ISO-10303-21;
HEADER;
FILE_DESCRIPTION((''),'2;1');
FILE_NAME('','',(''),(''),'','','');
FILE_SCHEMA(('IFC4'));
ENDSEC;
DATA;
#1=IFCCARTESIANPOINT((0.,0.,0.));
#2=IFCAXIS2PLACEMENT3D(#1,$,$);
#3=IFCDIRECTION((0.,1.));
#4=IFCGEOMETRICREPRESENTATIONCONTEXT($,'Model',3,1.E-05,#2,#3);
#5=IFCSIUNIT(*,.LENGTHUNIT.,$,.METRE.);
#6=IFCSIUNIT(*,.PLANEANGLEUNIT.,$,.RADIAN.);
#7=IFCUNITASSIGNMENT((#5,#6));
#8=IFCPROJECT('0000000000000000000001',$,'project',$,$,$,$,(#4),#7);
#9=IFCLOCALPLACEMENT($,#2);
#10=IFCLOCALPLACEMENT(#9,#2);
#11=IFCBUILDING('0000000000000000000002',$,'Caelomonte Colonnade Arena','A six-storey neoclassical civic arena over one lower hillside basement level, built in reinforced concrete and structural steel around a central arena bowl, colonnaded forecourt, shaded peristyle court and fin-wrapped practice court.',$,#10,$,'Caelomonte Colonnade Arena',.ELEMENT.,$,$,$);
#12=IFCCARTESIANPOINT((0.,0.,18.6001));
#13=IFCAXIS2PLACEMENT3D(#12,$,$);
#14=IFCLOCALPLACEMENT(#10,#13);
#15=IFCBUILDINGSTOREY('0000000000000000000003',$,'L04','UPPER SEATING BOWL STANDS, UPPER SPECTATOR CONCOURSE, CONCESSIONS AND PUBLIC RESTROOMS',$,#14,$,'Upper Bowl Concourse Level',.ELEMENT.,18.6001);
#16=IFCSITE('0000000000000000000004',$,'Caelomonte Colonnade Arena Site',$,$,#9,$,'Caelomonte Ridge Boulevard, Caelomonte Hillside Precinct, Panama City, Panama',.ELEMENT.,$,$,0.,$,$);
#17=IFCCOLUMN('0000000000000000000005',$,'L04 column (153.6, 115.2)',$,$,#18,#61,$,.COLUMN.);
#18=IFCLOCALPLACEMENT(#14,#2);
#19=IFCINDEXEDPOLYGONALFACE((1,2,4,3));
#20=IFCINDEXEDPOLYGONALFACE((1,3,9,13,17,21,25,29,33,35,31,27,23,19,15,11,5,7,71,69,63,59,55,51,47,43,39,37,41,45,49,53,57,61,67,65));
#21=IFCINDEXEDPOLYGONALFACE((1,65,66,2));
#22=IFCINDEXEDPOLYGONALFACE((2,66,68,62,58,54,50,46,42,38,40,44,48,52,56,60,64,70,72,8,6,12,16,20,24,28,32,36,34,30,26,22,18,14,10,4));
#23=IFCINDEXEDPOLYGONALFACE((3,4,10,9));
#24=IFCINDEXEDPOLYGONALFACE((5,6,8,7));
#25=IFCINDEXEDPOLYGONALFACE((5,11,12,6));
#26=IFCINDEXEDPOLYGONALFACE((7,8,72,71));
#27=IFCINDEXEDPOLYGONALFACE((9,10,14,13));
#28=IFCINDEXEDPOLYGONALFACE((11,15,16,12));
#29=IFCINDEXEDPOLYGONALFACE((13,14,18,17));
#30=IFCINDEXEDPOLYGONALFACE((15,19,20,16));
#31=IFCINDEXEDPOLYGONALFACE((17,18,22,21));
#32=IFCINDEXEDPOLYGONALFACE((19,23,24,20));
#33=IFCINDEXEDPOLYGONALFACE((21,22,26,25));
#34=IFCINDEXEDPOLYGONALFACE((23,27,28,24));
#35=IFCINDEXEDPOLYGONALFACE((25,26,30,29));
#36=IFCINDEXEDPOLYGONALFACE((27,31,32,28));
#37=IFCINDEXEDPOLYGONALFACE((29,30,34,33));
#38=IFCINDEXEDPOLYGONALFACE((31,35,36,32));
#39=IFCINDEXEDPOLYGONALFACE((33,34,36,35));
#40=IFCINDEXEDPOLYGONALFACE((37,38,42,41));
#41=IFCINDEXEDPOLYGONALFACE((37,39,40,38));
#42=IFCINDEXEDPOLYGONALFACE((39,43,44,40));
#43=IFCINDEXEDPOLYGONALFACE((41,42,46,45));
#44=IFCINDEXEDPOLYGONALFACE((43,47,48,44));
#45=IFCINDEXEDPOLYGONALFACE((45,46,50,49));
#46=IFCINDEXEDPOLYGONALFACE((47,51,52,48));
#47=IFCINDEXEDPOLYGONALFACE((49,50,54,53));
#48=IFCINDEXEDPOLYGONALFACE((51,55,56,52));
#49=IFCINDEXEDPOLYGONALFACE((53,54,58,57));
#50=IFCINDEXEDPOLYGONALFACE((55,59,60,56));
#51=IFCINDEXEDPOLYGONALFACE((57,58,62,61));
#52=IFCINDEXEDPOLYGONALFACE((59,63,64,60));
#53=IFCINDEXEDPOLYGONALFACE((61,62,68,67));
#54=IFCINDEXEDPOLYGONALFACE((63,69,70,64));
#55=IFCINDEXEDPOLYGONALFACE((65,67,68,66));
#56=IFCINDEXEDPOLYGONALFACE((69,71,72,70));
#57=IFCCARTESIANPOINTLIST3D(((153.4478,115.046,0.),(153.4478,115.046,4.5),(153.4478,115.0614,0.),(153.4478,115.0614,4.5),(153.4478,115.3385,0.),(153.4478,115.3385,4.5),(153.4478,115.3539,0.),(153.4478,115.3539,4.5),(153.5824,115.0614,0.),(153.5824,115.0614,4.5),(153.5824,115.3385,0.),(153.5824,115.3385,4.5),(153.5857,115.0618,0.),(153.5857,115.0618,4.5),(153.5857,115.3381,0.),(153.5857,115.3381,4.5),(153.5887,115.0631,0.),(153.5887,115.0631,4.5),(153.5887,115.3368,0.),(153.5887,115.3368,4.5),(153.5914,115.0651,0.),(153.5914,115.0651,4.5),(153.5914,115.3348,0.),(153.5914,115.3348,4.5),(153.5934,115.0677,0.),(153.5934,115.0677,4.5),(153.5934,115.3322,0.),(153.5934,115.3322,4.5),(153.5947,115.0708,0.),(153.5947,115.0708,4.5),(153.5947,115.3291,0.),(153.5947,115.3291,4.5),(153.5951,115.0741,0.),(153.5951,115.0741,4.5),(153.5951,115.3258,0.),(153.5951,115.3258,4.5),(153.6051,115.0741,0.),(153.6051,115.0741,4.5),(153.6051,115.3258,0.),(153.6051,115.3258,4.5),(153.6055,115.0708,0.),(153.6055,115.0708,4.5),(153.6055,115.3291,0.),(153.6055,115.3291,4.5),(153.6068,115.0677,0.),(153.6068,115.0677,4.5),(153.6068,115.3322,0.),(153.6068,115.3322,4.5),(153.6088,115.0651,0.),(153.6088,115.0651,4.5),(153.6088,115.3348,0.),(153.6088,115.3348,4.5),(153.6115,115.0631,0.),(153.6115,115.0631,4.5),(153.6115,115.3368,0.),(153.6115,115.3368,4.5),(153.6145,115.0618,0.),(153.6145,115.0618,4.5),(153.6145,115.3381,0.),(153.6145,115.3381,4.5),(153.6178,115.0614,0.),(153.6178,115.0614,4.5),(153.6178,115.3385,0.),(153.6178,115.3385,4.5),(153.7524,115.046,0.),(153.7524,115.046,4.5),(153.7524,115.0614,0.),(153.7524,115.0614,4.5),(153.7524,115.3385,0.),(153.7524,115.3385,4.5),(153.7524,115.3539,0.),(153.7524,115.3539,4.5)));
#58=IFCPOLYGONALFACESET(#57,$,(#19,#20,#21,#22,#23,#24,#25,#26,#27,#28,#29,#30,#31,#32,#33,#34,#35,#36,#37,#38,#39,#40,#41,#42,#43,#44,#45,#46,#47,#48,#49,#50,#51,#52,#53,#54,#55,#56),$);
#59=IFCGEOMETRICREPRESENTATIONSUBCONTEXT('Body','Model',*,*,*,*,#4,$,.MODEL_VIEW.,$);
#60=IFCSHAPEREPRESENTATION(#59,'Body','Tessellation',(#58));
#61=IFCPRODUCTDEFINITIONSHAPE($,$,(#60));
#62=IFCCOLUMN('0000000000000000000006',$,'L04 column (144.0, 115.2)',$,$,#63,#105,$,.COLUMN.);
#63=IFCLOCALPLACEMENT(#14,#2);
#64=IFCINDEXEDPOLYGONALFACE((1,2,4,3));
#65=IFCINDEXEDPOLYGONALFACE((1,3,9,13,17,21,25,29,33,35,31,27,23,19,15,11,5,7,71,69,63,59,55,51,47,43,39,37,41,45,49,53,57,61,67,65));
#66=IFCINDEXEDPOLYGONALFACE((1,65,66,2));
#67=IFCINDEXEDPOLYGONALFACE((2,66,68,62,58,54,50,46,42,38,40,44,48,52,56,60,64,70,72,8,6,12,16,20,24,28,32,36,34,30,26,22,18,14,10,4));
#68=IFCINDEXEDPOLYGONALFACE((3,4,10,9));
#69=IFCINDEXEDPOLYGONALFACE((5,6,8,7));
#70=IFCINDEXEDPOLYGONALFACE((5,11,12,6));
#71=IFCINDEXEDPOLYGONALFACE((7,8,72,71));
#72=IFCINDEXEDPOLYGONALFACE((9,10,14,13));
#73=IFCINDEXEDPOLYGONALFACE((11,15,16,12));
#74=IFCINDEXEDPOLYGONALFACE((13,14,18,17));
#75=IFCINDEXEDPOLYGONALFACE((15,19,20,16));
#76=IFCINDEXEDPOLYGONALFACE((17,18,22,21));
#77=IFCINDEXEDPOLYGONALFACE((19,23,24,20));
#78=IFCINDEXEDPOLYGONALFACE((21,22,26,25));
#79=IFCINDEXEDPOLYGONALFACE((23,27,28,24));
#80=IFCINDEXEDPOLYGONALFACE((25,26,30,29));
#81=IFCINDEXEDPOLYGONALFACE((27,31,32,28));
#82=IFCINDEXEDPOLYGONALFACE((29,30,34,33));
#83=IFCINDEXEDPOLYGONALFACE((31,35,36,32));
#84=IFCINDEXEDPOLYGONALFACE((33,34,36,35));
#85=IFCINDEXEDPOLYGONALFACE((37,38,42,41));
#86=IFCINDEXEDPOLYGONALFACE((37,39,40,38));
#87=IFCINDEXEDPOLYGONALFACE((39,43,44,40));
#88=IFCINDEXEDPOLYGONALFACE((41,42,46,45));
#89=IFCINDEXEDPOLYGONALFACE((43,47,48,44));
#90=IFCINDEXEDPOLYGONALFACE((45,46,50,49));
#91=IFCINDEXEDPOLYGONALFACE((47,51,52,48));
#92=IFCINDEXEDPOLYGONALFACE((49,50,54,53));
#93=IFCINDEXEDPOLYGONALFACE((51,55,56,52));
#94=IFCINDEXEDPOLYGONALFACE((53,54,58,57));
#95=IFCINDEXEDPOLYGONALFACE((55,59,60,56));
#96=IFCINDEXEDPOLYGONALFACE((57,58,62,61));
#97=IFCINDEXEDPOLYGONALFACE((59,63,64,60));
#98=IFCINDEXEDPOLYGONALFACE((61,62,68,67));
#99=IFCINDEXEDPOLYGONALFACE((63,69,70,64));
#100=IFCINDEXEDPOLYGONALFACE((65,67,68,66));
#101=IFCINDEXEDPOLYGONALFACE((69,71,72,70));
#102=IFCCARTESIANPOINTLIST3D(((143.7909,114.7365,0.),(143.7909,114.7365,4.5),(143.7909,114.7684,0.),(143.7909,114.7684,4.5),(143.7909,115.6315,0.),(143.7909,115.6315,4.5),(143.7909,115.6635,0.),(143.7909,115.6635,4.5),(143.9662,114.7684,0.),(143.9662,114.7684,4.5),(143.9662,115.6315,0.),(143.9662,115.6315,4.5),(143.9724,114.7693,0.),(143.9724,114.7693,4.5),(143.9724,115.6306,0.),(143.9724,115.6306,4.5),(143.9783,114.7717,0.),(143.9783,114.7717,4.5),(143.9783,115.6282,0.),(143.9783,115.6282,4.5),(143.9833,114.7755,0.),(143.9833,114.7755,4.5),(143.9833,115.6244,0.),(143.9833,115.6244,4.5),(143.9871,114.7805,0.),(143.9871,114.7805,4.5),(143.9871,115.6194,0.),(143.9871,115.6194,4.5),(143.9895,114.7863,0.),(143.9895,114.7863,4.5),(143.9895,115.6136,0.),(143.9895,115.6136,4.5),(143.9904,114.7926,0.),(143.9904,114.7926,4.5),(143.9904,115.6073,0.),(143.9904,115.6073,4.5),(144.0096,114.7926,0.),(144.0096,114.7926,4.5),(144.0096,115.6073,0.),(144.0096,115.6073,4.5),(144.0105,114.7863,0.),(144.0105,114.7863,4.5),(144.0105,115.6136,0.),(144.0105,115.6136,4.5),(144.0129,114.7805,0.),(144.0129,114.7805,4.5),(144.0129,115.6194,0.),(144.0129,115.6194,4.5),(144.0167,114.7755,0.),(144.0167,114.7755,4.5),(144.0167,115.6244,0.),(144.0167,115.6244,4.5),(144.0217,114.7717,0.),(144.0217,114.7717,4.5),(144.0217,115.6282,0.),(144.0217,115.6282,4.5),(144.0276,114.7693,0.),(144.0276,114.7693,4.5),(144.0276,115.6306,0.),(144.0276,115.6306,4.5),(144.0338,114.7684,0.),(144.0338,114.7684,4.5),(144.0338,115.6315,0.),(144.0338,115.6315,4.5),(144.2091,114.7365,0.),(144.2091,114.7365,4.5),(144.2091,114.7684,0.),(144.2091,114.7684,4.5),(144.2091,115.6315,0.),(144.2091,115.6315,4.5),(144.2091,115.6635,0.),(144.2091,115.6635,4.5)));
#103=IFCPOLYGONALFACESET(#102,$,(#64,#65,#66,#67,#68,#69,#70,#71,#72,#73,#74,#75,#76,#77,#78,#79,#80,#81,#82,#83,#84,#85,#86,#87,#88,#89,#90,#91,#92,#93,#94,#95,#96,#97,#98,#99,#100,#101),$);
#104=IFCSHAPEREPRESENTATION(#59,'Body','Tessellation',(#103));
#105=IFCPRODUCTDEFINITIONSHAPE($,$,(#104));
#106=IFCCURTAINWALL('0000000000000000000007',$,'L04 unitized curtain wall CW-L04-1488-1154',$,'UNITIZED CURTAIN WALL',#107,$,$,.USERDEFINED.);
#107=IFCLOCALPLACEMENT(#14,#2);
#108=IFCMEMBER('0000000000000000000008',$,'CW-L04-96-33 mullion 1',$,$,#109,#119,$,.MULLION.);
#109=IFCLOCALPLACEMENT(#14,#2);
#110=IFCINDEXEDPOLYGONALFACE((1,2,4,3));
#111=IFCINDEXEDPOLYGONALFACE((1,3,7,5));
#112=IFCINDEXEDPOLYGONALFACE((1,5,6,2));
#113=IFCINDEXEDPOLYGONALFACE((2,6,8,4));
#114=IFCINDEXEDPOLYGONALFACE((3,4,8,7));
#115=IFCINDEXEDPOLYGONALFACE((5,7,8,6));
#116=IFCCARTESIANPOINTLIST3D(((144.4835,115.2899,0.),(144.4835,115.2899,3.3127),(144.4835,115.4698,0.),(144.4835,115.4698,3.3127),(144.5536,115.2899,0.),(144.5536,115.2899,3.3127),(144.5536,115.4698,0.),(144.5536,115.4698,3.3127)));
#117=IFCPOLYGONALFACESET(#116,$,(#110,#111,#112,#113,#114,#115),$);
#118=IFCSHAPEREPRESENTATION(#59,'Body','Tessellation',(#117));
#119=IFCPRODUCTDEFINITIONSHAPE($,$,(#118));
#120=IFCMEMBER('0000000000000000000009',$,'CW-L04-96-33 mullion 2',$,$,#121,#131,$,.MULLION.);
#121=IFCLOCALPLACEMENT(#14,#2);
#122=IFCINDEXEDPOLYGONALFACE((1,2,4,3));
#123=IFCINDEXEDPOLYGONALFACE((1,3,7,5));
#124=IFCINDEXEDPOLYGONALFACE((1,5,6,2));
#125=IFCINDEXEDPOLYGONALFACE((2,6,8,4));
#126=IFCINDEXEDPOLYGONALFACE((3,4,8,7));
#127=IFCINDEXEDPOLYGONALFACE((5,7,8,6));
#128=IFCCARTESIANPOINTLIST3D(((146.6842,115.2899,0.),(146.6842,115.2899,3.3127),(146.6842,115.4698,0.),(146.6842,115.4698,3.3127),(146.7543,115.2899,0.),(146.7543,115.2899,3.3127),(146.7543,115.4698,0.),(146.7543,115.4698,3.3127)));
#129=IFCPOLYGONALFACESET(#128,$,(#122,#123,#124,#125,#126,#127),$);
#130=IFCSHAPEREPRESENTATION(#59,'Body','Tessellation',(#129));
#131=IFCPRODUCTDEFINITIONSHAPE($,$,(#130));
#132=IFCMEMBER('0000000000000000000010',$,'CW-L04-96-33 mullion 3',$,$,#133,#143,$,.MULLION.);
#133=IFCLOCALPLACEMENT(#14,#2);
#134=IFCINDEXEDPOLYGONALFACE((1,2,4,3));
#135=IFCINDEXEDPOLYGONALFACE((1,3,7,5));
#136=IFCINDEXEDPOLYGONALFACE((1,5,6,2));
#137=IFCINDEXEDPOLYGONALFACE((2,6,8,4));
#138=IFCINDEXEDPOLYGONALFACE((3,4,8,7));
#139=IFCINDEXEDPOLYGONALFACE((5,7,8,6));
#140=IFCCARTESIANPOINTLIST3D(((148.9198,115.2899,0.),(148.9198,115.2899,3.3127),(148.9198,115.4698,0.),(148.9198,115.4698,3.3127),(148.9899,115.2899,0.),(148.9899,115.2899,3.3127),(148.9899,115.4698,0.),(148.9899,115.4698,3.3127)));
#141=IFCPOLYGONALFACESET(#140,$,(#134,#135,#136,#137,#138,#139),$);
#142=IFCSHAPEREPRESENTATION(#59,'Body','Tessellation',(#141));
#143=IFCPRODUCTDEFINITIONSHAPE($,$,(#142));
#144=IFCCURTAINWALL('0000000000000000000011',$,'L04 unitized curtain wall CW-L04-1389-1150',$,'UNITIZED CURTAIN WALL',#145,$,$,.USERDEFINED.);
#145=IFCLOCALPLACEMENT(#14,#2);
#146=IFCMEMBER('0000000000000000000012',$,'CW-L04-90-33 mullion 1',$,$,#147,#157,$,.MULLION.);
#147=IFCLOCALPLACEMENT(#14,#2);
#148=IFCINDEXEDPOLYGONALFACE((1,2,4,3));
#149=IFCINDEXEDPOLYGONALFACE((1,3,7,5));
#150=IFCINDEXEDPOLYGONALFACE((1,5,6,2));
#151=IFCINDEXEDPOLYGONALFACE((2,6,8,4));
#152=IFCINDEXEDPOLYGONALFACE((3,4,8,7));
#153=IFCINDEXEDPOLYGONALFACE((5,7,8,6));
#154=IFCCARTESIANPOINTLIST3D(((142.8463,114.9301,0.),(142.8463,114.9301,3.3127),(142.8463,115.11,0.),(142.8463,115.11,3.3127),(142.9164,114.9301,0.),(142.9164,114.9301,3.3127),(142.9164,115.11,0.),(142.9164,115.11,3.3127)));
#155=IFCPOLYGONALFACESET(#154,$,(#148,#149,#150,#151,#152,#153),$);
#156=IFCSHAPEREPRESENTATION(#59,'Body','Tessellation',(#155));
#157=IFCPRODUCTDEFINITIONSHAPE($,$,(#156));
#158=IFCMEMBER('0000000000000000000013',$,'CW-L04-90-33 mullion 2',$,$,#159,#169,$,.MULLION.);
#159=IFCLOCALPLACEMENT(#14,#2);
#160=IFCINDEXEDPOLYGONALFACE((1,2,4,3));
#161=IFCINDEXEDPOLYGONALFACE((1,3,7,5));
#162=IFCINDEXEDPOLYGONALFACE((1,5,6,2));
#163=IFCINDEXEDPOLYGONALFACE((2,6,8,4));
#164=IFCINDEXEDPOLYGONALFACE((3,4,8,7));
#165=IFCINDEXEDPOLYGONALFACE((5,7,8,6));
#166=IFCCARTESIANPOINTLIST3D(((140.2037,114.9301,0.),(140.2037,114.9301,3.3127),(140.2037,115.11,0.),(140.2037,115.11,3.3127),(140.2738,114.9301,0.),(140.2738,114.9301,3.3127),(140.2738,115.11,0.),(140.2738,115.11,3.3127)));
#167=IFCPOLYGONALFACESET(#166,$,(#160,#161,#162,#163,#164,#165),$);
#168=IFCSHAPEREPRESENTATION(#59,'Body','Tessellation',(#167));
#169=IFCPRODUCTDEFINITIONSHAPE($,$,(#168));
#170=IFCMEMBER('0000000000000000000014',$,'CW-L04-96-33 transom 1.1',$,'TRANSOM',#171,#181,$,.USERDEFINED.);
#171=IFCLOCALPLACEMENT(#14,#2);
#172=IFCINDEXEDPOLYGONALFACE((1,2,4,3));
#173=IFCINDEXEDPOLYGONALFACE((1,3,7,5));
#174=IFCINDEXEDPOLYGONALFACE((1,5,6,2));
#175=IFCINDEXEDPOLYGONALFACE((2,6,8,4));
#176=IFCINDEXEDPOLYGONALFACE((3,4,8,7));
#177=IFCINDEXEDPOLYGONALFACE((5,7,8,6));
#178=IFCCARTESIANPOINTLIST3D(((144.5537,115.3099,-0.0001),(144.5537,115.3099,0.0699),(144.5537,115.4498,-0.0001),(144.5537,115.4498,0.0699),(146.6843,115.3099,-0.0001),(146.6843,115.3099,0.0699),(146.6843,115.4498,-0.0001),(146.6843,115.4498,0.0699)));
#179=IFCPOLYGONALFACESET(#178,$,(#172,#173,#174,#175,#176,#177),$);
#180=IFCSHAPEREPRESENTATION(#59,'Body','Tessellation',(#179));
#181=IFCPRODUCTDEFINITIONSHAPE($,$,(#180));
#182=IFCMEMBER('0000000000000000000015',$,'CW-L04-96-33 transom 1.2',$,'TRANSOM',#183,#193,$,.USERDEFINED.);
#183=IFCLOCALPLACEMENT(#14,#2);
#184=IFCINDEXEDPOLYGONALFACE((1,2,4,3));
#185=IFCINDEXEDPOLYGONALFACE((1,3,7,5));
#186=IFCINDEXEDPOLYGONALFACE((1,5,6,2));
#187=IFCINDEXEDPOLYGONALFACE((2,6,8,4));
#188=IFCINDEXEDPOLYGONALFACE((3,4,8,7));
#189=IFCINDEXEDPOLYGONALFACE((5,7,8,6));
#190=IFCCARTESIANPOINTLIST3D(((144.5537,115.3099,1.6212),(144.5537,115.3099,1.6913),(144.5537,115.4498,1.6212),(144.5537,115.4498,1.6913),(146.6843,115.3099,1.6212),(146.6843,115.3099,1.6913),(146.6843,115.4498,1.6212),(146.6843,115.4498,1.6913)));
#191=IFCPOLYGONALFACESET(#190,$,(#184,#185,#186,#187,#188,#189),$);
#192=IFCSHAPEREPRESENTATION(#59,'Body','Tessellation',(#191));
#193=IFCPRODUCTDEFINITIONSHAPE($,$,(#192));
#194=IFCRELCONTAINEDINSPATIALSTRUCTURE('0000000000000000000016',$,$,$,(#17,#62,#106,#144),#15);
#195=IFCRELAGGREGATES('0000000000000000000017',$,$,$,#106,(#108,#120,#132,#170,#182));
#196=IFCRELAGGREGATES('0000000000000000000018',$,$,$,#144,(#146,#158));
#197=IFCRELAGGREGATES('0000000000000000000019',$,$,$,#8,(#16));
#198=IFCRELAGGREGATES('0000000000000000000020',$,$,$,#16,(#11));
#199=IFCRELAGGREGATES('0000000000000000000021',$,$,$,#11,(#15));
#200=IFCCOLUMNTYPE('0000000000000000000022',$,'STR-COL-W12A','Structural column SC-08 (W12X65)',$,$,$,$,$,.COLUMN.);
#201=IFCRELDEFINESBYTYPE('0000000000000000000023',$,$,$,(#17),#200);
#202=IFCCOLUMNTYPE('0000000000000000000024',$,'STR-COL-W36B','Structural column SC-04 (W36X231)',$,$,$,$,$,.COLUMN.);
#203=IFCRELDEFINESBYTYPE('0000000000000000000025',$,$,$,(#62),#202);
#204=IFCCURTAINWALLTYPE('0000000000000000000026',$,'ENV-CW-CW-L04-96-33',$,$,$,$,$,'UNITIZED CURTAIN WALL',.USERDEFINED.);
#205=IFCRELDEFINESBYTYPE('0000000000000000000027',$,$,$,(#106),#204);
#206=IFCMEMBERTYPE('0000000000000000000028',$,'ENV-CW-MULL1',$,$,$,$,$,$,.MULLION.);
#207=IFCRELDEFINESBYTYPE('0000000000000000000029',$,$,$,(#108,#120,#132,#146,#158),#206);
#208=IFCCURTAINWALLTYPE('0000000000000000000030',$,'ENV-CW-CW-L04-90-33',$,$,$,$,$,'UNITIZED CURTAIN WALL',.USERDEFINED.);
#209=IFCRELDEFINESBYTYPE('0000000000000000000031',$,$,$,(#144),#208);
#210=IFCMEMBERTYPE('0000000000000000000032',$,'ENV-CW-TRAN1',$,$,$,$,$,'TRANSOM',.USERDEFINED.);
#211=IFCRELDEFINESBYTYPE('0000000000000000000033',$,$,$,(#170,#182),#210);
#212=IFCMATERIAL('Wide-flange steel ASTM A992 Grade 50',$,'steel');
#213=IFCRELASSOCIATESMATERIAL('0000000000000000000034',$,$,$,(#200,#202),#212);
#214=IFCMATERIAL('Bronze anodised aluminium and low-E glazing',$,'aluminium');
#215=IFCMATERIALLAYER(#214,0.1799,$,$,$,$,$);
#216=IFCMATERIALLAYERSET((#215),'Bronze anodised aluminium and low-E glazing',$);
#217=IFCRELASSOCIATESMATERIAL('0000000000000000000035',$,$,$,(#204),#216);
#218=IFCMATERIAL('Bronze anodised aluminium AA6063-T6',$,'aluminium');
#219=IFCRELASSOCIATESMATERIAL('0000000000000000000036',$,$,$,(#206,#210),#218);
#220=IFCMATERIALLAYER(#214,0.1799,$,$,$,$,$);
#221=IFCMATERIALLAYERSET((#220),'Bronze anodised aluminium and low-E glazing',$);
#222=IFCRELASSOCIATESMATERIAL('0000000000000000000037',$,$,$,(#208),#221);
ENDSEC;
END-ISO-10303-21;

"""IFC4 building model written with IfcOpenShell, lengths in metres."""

from ifc_helpers import new_model, si_unit, direction, frame, origin, origin_2d, place, context, subcontext, project, spatial, rectangle, i_section, extrude, material, layer, layer_set, material_profile, profile_set, type_object, element, aggregate, save


model = new_model("IFC4")

# Units and contexts
model_context = context("Model", 3, precision=1e-05, world=origin(), true_north=direction((0.0, 1.0)))
body_context = subcontext(model_context, "Body", "Model", "MODEL_VIEW")
ifc_project = project(units=[si_unit("LENGTHUNIT", "METRE"), si_unit("PLANEANGLEUNIT", "RADIAN")], contexts=[model_context])

# Site, building, storey
site_placement = place(None, origin())
site = spatial("IfcSite", under=ifc_project, at=site_placement, Name="Caelomonte Colonnade Arena Site", LongName="Caelomonte Ridge Boulevard, Caelomonte Hillside Precinct, Panama City, Panama", CompositionType="ELEMENT", RefElevation=0.0)
building_placement = place(site_placement, origin())
building = spatial("IfcBuilding", under=site, at=building_placement, Name="Caelomonte Colonnade Arena", Description="A six-storey neoclassical civic arena over one lower hillside basement level, built in reinforced concrete and structural steel around a central arena bowl, colonnaded forecourt, shaded peristyle court and fin-wrapped practice court.", LongName="Caelomonte Colonnade Arena", CompositionType="ELEMENT")
storey_placement = place(building_placement, frame((0.0, 0.0, 18.6001)))
storey = spatial("IfcBuildingStorey", under=building, at=storey_placement, Name="L04", Description="UPPER SEATING BOWL STANDS, UPPER SPECTATOR CONCOURSE, CONCESSIONS AND PUBLIC RESTROOMS", LongName="Upper Bowl Concourse Level", CompositionType="ELEMENT", Elevation=18.6001)

# Columns
ifc_material_1 = material(Name="Wide-flange steel ASTM A992 Grade 50", Category="steel")
ifc_material_profile_1 = material_profile(ifc_material_1, i_section(OverallWidth=0.3047, OverallDepth=0.3079, WebThickness=0.01, FlangeThickness=0.0154, FilletRadius=0.0127, at=origin_2d()), Name="W12X65")
ifc_profile_set_1 = profile_set([ifc_material_profile_1], Name="Wide-flange steel ASTM A992 Grade 50")
column_type_1 = type_object("IfcColumnType", Name="STR-COL-W12A", Description="Structural column SC-08 (W12X65)", PredefinedType="COLUMN", material=ifc_profile_set_1)
column_1_placement = place(storey_placement, frame((153.6001, 115.2, 0.0), z_axis=(0.0, 0.0, 1.0), x_axis=(1.0, 0.0, 0.0)))
element("IfcColumn", 1, at=column_1_placement, inside=storey, type_object=column_type_1, Name="L04 column (153.6, 115.2)", PredefinedType="COLUMN", context=body_context, shape_type="SweptSolid", body=[
    extrude(i_section(OverallWidth=0.3047, OverallDepth=0.3079, WebThickness=0.01, FlangeThickness=0.0154, FilletRadius=0.0127, at=origin_2d()), origin(), (0.0, 0.0, 1.0), 4.5),
])
ifc_material_profile_2 = material_profile(ifc_material_1, i_section(OverallWidth=0.4182, OverallDepth=0.927, WebThickness=0.0193, FlangeThickness=0.032, FilletRadius=0.0242, at=origin_2d()), Name="W36X231")
ifc_profile_set_2 = profile_set([ifc_material_profile_2], Name="Wide-flange steel ASTM A992 Grade 50")
column_type_2 = type_object("IfcColumnType", Name="STR-COL-W36B", Description="Structural column SC-04 (W36X231)", PredefinedType="COLUMN", material=ifc_profile_set_2)
column_2_placement = place(storey_placement, frame((144.0, 115.2, 0.0), z_axis=(0.0, 0.0, 1.0), x_axis=(1.0, 0.0, 0.0)))
element("IfcColumn", 2, at=column_2_placement, inside=storey, type_object=column_type_2, Name="L04 column (144.0, 115.2)", PredefinedType="COLUMN", context=body_context, shape_type="SweptSolid", body=[
    extrude(i_section(OverallWidth=0.4182, OverallDepth=0.927, WebThickness=0.0193, FlangeThickness=0.032, FilletRadius=0.0242, at=origin_2d()), origin(), (0.0, 0.0, 1.0), 4.5),
])

# Curtain walls, members
ifc_material_2 = material(Name="Bronze anodised aluminium and low-E glazing", Category="aluminium")
ifc_layer_1 = layer(ifc_material_2, 0.1799)
ifc_layer_set_1 = layer_set([ifc_layer_1], Name="Bronze anodised aluminium and low-E glazing")
curtain_wall_type_1 = type_object("IfcCurtainWallType", Name="ENV-CW-CW-L04-96-33", ElementType="UNITIZED CURTAIN WALL", PredefinedType="USERDEFINED", material=ifc_layer_set_1)
curtain_wall_1_placement = place(storey_placement, origin())
curtain_wall_1 = element("IfcCurtainWall", 3, at=curtain_wall_1_placement, inside=storey, type_object=curtain_wall_type_1, Name="L04 unitized curtain wall CW-L04-1488-1154", ObjectType="UNITIZED CURTAIN WALL", PredefinedType="USERDEFINED")
ifc_material_3 = material(Name="Bronze anodised aluminium AA6063-T6", Category="aluminium")
ifc_material_profile_3 = material_profile(ifc_material_3, rectangle(XDim=0.0701, YDim=0.1799, at=origin_2d()), Name="CWM-70X180")
ifc_profile_set_3 = profile_set([ifc_material_profile_3], Name="Bronze anodised aluminium AA6063-T6")
member_type_1 = type_object("IfcMemberType", Name="ENV-CW-MULL1", PredefinedType="MULLION", material=ifc_profile_set_3)
member_1_placement = place(storey_placement, frame((144.5186, 115.3799, 0.0), z_axis=(0.0, 0.0, 1.0), x_axis=(1.0, 0.0, 0.0)))
member_1 = element("IfcMember", 4, at=member_1_placement, type_object=member_type_1, Name="CW-L04-96-33 mullion 1", PredefinedType="MULLION", context=body_context, shape_type="SweptSolid", body=[
    extrude(rectangle(XDim=0.0701, YDim=0.1799, at=origin_2d()), origin(), (0.0, 0.0, 1.0), 3.3127),
])
member_2_placement = place(storey_placement, frame((146.7192, 115.3799, 0.0), z_axis=(0.0, 0.0, 1.0), x_axis=(1.0, 0.0, 0.0)))
member_2 = element("IfcMember", 5, at=member_2_placement, type_object=member_type_1, Name="CW-L04-96-33 mullion 2", PredefinedType="MULLION", context=body_context, shape_type="SweptSolid", body=[
    extrude(rectangle(XDim=0.0701, YDim=0.1799, at=origin_2d()), origin(), (0.0, 0.0, 1.0), 3.3127),
])
member_3_placement = place(storey_placement, frame((148.9548, 115.3799, 0.0), z_axis=(0.0, 0.0, 1.0), x_axis=(1.0, 0.0, 0.0)))
member_3 = element("IfcMember", 6, at=member_3_placement, type_object=member_type_1, Name="CW-L04-96-33 mullion 3", PredefinedType="MULLION", context=body_context, shape_type="SweptSolid", body=[
    extrude(rectangle(XDim=0.0701, YDim=0.1799, at=origin_2d()), origin(), (0.0, 0.0, 1.0), 3.3127),
])
ifc_layer_2 = layer(ifc_material_2, 0.1799)
ifc_layer_set_2 = layer_set([ifc_layer_2], Name="Bronze anodised aluminium and low-E glazing")
curtain_wall_type_2 = type_object("IfcCurtainWallType", Name="ENV-CW-CW-L04-90-33", ElementType="UNITIZED CURTAIN WALL", PredefinedType="USERDEFINED", material=ifc_layer_set_2)
curtain_wall_2_placement = place(storey_placement, origin())
curtain_wall_2 = element("IfcCurtainWall", 7, at=curtain_wall_2_placement, inside=storey, type_object=curtain_wall_type_2, Name="L04 unitized curtain wall CW-L04-1389-1150", ObjectType="UNITIZED CURTAIN WALL", PredefinedType="USERDEFINED")
member_4_placement = place(storey_placement, frame((142.8813, 115.02, 0.0), z_axis=(0.0, 0.0, 1.0), x_axis=(-1.0, 0.0, 0.0)))
member_4 = element("IfcMember", 8, at=member_4_placement, type_object=member_type_1, Name="CW-L04-90-33 mullion 1", PredefinedType="MULLION", context=body_context, shape_type="SweptSolid", body=[
    extrude(rectangle(XDim=0.0701, YDim=0.1799, at=origin_2d()), origin(), (0.0, 0.0, 1.0), 3.3127),
])
member_5_placement = place(storey_placement, frame((140.2388, 115.02, 0.0), z_axis=(0.0, 0.0, 1.0), x_axis=(-1.0, 0.0, 0.0)))
member_5 = element("IfcMember", 9, at=member_5_placement, type_object=member_type_1, Name="CW-L04-90-33 mullion 2", PredefinedType="MULLION", context=body_context, shape_type="SweptSolid", body=[
    extrude(rectangle(XDim=0.0701, YDim=0.1799, at=origin_2d()), origin(), (0.0, 0.0, 1.0), 3.3127),
])

# Members
ifc_material_profile_4 = material_profile(ifc_material_3, rectangle(XDim=0.0701, YDim=0.1399, at=origin_2d()), Name="CWT-70X140")
ifc_profile_set_4 = profile_set([ifc_material_profile_4], Name="Bronze anodised aluminium AA6063-T6")
member_type_2 = type_object("IfcMemberType", Name="ENV-CW-TRAN1", ElementType="TRANSOM", PredefinedType="USERDEFINED", material=ifc_profile_set_4)
member_6_placement = place(storey_placement, frame((144.5537, 115.3799, 0.0349), z_axis=(1.0, 0.0, 0.0), x_axis=(0.0, 0.0, 1.0)))
member_6 = element("IfcMember", 10, at=member_6_placement, type_object=member_type_2, Name="CW-L04-96-33 transom 1.1", ObjectType="TRANSOM", PredefinedType="USERDEFINED", context=body_context, shape_type="SweptSolid", body=[
    extrude(rectangle(XDim=0.0701, YDim=0.1399, at=origin_2d()), origin(), (0.0, 0.0, 1.0), 2.1306),
])
member_7_placement = place(storey_placement, frame((144.5537, 115.3799, 1.6562), z_axis=(1.0, 0.0, 0.0), x_axis=(0.0, 0.0, 1.0)))
member_7 = element("IfcMember", 11, at=member_7_placement, type_object=member_type_2, Name="CW-L04-96-33 transom 1.2", ObjectType="TRANSOM", PredefinedType="USERDEFINED", context=body_context, shape_type="SweptSolid", body=[
    extrude(rectangle(XDim=0.0701, YDim=0.1399, at=origin_2d()), origin(), (0.0, 0.0, 1.0), 2.1306),
])

aggregate(curtain_wall_1, [member_1, member_2, member_3, member_6, member_7])
aggregate(curtain_wall_2, [member_4, member_5])

save(model, "model.ifc")
